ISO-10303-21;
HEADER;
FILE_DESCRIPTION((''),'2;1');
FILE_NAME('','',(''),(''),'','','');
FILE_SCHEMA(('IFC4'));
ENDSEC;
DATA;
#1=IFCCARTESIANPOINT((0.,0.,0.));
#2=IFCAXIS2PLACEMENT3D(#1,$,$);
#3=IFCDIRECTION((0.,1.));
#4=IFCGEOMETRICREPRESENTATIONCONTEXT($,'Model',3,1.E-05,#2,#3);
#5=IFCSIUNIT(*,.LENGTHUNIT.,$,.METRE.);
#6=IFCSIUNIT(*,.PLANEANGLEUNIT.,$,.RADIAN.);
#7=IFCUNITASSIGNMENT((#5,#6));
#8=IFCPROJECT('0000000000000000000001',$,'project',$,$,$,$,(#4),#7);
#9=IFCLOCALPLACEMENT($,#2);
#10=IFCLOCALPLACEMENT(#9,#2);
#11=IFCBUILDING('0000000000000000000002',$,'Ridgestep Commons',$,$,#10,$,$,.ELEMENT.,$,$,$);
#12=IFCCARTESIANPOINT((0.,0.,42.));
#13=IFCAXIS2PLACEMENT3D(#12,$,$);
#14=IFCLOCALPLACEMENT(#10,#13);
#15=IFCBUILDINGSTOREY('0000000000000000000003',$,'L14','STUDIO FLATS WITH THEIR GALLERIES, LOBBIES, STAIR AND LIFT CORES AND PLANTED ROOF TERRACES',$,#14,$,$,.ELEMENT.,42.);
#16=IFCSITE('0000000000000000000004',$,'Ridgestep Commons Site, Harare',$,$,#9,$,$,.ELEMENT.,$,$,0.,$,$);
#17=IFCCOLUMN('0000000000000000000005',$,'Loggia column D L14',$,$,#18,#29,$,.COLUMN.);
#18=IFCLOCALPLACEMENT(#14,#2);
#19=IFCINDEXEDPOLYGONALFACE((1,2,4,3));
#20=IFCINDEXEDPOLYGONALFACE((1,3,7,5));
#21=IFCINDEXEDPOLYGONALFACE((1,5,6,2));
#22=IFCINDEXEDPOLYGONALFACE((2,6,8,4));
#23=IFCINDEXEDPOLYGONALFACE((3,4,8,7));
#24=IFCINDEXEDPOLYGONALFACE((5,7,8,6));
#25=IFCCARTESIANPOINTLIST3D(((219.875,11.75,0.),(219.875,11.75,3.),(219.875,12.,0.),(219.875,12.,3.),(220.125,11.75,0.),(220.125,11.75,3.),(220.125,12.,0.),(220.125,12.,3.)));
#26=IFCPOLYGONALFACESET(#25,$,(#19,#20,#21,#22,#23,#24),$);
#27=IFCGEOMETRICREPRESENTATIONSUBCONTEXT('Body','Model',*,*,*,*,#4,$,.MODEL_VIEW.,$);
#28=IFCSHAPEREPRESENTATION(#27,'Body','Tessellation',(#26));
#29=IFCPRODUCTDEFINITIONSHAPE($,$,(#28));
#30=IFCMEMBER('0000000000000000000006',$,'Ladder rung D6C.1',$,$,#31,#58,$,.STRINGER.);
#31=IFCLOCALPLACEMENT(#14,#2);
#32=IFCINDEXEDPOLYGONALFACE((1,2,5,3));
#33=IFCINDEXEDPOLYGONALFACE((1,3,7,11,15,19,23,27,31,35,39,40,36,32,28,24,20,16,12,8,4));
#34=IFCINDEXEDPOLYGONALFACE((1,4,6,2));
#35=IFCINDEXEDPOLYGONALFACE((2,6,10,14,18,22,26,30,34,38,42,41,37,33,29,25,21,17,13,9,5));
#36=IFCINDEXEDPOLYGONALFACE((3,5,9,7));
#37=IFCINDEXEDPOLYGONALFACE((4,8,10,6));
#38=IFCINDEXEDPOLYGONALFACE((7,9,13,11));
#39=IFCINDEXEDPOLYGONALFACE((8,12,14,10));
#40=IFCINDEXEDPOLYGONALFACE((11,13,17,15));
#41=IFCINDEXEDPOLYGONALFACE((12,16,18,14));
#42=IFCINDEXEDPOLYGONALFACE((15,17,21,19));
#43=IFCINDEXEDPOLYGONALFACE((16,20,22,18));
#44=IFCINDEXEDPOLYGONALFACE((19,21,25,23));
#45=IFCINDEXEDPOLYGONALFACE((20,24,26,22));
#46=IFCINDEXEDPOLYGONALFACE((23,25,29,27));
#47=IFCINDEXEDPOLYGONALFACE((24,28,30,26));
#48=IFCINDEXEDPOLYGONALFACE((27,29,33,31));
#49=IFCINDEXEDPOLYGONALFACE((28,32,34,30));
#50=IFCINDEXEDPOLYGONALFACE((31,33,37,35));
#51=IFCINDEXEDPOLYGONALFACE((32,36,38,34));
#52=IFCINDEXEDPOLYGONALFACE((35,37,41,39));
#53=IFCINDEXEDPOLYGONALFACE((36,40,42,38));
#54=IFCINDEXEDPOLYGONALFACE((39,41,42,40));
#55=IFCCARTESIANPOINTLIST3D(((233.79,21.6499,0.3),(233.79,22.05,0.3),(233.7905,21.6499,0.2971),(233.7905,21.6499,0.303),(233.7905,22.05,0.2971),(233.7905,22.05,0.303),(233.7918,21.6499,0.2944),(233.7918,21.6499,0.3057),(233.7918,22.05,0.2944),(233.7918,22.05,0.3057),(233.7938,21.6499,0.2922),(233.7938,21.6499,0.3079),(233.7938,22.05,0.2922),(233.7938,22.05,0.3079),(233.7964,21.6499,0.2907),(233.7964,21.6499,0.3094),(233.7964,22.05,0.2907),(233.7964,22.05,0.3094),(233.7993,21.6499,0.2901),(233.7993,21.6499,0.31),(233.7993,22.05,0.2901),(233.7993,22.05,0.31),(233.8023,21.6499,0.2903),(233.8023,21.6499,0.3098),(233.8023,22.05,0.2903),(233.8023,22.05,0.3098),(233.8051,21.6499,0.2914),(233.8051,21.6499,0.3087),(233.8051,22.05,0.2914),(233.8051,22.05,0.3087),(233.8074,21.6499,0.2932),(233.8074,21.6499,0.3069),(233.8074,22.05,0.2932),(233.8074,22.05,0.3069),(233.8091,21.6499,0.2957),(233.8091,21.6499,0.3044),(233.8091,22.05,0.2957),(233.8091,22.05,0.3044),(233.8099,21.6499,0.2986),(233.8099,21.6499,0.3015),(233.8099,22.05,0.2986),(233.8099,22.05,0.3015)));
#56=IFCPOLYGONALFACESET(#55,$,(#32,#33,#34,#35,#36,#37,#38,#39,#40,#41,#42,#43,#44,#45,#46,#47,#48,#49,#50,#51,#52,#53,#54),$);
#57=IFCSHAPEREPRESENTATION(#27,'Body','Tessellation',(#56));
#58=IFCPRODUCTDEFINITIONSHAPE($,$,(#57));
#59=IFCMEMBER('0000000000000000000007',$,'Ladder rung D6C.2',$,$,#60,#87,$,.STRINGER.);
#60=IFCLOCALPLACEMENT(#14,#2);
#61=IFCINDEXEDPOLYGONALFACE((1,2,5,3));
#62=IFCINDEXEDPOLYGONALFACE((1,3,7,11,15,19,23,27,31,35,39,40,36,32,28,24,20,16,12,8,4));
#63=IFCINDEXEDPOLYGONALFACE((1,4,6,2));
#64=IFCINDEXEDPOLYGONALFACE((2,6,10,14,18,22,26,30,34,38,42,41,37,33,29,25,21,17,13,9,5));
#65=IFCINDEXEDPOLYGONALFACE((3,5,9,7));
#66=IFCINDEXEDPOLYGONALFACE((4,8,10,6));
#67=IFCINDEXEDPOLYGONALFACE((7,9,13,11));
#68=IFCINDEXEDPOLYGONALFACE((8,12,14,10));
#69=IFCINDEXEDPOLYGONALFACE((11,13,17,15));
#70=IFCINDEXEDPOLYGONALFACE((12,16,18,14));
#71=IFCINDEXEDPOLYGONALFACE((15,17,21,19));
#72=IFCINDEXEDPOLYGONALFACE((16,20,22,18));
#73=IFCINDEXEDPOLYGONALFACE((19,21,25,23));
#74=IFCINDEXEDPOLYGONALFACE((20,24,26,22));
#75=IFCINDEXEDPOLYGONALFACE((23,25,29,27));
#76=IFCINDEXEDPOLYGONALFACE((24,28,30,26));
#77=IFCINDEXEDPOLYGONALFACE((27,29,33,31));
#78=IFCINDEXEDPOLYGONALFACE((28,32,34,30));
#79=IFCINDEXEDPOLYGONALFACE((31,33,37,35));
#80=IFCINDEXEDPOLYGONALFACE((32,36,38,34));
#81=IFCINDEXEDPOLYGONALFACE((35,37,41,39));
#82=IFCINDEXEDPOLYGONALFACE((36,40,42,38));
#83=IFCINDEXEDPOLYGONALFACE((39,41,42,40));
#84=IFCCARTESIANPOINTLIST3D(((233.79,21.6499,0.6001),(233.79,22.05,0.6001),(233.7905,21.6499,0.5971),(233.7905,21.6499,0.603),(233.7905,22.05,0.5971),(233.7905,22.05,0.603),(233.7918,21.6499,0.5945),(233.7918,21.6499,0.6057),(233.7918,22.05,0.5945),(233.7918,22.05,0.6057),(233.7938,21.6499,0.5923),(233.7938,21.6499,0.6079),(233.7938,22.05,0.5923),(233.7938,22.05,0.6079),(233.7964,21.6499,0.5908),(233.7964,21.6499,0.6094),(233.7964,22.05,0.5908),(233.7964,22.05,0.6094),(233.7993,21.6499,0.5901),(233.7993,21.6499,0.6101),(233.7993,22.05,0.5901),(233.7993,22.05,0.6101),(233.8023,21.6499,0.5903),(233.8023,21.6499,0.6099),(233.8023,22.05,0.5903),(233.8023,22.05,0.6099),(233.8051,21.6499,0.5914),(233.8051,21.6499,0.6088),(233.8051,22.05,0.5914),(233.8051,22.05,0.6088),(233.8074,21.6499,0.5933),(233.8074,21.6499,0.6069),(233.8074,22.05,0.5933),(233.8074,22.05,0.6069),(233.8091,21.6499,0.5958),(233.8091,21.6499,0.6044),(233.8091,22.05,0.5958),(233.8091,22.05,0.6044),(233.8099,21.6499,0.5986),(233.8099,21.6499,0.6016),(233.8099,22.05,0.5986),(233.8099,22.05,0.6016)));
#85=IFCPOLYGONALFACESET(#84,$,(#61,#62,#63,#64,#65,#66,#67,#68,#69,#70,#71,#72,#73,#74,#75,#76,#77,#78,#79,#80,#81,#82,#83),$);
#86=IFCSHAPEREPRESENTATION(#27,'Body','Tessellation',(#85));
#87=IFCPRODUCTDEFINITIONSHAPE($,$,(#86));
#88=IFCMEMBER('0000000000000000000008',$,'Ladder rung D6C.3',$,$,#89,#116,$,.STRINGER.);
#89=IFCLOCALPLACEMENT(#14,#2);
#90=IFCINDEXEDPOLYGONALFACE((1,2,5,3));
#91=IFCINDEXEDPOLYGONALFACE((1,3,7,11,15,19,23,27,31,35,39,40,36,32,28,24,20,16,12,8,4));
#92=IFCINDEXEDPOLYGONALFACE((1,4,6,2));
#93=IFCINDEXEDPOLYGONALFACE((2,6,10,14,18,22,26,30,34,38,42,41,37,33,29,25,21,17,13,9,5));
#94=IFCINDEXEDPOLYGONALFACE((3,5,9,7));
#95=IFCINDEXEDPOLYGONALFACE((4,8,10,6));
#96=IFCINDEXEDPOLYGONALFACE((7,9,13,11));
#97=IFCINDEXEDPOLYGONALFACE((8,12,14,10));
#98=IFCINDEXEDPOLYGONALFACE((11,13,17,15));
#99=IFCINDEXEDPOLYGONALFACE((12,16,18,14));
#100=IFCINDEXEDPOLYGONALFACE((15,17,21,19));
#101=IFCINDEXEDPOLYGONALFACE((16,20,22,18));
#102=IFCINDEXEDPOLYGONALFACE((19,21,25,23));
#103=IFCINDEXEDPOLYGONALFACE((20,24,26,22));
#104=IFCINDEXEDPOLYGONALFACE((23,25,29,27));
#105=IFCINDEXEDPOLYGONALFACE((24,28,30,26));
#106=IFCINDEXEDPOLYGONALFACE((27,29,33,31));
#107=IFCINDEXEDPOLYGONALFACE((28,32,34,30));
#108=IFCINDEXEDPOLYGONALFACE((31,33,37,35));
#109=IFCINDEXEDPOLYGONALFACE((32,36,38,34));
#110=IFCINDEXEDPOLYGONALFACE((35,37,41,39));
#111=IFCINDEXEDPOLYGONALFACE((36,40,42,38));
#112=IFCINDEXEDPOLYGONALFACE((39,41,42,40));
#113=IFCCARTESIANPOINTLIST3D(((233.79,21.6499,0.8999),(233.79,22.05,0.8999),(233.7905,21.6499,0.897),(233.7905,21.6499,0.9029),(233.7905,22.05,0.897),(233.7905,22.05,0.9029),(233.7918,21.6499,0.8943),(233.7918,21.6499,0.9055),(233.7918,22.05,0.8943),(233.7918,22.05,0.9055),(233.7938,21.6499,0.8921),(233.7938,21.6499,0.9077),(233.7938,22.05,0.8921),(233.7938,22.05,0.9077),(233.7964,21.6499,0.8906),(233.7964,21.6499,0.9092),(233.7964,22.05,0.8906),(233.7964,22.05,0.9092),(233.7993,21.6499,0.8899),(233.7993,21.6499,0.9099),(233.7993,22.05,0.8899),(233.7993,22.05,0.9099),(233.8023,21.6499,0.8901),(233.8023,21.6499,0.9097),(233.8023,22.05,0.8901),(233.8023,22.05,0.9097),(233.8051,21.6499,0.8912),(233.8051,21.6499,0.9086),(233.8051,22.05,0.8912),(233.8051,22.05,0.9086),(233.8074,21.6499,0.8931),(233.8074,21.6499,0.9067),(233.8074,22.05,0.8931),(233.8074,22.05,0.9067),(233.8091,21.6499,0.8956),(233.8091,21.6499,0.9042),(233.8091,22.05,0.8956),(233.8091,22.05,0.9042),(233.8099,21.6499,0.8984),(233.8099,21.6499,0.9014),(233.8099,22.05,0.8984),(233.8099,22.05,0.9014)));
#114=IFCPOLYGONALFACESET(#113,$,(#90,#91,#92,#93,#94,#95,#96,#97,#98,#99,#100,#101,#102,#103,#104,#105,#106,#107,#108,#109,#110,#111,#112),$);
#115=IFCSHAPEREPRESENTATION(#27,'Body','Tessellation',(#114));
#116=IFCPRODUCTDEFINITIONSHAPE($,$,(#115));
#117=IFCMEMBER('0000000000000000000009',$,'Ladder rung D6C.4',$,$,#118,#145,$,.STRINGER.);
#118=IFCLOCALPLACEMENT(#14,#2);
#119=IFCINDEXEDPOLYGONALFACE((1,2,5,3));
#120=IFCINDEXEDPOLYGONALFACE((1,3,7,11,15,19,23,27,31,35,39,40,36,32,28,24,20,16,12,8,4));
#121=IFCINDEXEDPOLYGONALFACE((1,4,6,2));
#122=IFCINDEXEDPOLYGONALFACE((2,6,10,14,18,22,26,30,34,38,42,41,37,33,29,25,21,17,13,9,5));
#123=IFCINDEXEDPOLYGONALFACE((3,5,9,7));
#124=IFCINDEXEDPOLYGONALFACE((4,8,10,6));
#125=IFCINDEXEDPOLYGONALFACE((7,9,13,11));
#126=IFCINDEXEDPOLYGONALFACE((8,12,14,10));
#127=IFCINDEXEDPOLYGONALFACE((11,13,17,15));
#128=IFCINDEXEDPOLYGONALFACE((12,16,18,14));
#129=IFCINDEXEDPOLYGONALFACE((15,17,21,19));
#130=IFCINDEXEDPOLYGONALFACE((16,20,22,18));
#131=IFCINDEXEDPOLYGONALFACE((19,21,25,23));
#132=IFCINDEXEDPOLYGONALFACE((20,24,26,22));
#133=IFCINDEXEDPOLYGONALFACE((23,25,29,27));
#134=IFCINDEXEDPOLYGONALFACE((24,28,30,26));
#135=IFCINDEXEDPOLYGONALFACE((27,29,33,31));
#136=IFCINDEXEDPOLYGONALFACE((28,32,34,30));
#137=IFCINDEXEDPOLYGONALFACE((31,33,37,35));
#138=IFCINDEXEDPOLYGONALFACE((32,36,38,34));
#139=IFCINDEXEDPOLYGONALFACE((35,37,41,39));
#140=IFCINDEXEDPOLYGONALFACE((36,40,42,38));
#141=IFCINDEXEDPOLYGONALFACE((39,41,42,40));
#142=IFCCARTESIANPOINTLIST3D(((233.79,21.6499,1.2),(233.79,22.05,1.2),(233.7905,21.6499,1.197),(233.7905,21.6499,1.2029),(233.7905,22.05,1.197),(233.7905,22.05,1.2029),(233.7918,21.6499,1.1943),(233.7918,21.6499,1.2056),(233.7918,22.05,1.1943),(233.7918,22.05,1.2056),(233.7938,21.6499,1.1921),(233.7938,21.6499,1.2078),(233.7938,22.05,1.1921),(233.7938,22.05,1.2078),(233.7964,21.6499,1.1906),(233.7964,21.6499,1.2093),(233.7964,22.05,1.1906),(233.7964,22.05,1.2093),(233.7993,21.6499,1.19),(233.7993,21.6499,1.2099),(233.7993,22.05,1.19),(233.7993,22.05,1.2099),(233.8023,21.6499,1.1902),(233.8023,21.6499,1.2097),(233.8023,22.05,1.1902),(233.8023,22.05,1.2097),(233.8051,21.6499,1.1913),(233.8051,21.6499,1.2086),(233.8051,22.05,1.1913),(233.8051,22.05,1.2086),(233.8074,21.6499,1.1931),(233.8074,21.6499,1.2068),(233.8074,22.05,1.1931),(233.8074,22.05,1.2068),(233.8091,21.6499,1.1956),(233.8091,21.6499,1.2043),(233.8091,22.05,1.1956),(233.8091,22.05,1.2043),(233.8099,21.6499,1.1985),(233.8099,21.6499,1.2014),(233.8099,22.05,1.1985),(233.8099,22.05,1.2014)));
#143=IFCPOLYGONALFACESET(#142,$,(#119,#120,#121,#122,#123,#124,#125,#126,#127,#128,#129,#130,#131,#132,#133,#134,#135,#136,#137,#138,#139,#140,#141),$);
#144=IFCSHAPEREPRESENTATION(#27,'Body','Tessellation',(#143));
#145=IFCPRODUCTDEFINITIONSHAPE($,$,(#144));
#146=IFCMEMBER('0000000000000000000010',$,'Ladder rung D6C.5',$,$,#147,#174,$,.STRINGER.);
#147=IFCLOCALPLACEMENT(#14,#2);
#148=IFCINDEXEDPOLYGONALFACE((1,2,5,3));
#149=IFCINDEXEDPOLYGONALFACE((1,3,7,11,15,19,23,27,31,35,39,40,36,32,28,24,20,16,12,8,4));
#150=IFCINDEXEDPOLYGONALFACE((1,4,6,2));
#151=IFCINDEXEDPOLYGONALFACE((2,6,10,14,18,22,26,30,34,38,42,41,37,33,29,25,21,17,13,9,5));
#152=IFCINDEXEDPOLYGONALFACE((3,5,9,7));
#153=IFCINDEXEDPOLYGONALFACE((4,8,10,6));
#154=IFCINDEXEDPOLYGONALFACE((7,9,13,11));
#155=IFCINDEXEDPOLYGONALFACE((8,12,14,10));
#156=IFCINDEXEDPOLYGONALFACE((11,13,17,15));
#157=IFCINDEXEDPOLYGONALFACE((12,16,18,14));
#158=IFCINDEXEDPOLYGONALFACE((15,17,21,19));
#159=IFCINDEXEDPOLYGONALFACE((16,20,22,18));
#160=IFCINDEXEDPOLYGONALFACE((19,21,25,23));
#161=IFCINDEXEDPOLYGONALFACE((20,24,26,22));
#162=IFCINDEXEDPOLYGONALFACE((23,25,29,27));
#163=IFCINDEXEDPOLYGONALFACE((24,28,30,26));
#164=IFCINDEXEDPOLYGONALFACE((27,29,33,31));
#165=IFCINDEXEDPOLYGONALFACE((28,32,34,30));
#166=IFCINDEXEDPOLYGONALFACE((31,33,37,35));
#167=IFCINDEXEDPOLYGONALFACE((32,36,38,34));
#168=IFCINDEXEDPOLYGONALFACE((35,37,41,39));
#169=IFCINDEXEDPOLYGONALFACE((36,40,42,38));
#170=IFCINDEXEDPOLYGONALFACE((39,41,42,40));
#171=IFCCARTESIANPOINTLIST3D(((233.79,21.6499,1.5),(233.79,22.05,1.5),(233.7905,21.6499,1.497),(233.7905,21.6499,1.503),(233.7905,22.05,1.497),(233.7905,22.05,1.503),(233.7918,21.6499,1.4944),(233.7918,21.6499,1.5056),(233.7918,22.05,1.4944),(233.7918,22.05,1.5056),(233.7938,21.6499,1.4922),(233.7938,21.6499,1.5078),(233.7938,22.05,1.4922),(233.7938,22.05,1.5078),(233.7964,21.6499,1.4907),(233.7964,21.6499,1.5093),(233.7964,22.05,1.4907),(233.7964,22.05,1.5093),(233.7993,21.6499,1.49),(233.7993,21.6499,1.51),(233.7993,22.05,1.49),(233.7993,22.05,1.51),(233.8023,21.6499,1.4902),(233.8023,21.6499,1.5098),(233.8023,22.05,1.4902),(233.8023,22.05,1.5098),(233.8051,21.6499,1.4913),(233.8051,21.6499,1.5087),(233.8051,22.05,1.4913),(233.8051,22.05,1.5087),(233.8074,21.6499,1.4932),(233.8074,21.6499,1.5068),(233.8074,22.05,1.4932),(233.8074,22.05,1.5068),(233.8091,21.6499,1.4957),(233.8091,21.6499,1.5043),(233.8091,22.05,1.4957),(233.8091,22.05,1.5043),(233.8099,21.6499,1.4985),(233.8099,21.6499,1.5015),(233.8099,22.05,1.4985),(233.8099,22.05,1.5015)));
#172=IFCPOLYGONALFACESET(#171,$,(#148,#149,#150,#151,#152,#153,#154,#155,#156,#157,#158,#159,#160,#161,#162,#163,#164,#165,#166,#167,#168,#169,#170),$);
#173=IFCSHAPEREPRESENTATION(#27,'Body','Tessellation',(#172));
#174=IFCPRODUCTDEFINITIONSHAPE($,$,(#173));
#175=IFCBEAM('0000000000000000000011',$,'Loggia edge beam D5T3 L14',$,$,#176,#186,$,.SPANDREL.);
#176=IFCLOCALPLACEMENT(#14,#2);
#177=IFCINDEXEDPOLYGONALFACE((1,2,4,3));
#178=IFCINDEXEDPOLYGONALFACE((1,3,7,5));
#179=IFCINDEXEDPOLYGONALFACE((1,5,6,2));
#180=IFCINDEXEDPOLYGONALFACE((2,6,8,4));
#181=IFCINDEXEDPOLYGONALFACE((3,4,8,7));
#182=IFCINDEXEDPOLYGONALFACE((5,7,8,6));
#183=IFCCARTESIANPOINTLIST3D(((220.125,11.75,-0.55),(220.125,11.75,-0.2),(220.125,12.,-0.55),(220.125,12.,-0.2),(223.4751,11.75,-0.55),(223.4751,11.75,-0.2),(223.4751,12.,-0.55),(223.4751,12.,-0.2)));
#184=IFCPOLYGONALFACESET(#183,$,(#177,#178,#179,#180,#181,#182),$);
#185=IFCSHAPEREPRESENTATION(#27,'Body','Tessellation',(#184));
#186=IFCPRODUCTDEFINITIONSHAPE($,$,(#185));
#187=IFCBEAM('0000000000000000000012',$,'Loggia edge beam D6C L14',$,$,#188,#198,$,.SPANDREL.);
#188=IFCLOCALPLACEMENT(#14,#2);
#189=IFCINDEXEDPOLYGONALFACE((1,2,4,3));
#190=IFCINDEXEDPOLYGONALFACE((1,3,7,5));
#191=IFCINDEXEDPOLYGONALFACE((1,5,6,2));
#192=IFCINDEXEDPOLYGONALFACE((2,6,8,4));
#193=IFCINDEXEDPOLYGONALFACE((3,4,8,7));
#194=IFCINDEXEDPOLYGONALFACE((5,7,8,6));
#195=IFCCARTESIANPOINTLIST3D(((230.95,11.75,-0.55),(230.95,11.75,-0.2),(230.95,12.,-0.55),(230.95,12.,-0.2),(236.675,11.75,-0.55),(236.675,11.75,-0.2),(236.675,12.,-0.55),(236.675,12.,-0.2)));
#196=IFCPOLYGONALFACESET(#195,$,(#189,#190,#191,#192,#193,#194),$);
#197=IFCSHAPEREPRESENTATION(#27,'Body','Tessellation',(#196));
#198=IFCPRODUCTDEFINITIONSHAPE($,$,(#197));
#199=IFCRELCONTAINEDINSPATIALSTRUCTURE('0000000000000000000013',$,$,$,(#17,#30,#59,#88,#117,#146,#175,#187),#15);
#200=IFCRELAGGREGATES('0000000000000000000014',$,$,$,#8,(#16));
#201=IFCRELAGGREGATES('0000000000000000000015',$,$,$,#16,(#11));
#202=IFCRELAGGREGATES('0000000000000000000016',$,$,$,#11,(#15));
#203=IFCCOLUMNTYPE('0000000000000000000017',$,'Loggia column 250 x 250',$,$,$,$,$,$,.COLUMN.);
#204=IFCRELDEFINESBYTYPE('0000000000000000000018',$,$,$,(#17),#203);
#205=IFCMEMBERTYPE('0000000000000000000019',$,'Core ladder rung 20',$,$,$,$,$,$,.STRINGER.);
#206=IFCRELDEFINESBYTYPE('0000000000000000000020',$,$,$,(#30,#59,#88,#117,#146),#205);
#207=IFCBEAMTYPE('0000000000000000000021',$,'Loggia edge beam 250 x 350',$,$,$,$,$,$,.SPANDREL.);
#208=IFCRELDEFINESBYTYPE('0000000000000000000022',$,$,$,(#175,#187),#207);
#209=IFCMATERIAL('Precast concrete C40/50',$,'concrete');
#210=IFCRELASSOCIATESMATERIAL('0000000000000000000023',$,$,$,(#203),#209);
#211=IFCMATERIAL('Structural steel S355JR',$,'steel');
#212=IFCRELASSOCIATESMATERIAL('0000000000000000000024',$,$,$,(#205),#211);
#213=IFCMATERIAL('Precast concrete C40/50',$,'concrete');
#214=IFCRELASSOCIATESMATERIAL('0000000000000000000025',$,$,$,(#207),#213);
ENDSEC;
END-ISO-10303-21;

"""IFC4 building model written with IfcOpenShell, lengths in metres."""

from ifc_helpers import new_model, si_unit, direction, frame, origin, origin_2d, place, context, subcontext, project, spatial, rectangle, circle, extrude, material, material_profile, profile_set, type_object, element, save


model = new_model("IFC4")

# Units and contexts
model_context = context("Model", 3, precision=1e-05, world=origin(), true_north=direction((0.0, 1.0)))
body_context = subcontext(model_context, "Body", "Model", "MODEL_VIEW")
ifc_project = project(units=[si_unit("LENGTHUNIT", "METRE"), si_unit("PLANEANGLEUNIT", "RADIAN")], contexts=[model_context])

# Site, building, storey
site_placement = place(None, origin())
site = spatial("IfcSite", under=ifc_project, at=site_placement, Name="Ridgestep Commons Site, Harare", CompositionType="ELEMENT", RefElevation=0.0)
building_placement = place(site_placement, origin())
building = spatial("IfcBuilding", under=site, at=building_placement, Name="Ridgestep Commons", CompositionType="ELEMENT")
storey_placement = place(building_placement, frame((0.0, 0.0, 42.0)))
storey = spatial("IfcBuildingStorey", under=building, at=storey_placement, Name="L14", Description="STUDIO FLATS WITH THEIR GALLERIES, LOBBIES, STAIR AND LIFT CORES AND PLANTED ROOF TERRACES", CompositionType="ELEMENT", Elevation=42.0)

# Column
ifc_material_1 = material(Name="Precast concrete C40/50", Category="concrete")
ifc_material_profile_1 = material_profile(ifc_material_1, rectangle(XDim=0.25, YDim=0.25, at=origin_2d()), Name="PC 250x250")
ifc_profile_set_1 = profile_set([ifc_material_profile_1], Name="Precast concrete C40/50")
column_type = type_object("IfcColumnType", Name="Loggia column 250 x 250", PredefinedType="COLUMN", material=ifc_profile_set_1)
column_placement = place(storey_placement, frame((220.0, 11.875, 0.0), z_axis=(0.0, 0.0, 1.0), x_axis=(1.0, 0.0, 0.0)))
element("IfcColumn", 1, at=column_placement, inside=storey, type_object=column_type, Name="Loggia column D L14", PredefinedType="COLUMN", context=body_context, shape_type="SweptSolid", body=[
    extrude(rectangle(XDim=0.25, YDim=0.25, at=origin_2d()), origin(), (0.0, 0.0, 1.0), 3.0),
])

# Members
ifc_material_2 = material(Name="Structural steel S355JR", Category="steel")
ifc_material_profile_2 = material_profile(ifc_material_2, circle(Radius=0.01, at=origin_2d()), Name="Round bar 20")
ifc_profile_set_2 = profile_set([ifc_material_profile_2], Name="Structural steel S355JR")
member_type_1 = type_object("IfcMemberType", Name="Core ladder rung 20", PredefinedType="STRINGER", material=ifc_profile_set_2)
for number, where, z_axis, x_axis, name in (
    (2, (233.8, 21.6499, 0.3), (0.0, 1.0, 0.0), (-1.0, 0.0, 0.0), "Ladder rung D6C.1"),
    (3, (233.8, 21.6499, 0.6001), (0.0, 1.0, 0.0), (-1.0, 0.0, 0.0), "Ladder rung D6C.2"),
    (4, (233.8, 21.6499, 0.8999), (0.0, 1.0, 0.0), (-1.0, 0.0, 0.0), "Ladder rung D6C.3"),
    (5, (233.8, 21.6499, 1.2), (0.0, 1.0, 0.0), (-1.0, 0.0, 0.0), "Ladder rung D6C.4"),
    (6, (233.8, 21.6499, 1.5), (0.0, 1.0, 0.0), (-1.0, 0.0, 0.0), "Ladder rung D6C.5"),
):
    element("IfcMember", number, at=place(storey_placement, frame(where, z_axis=z_axis, x_axis=x_axis)), inside=storey, type_object=member_type_1, Name=name, PredefinedType="STRINGER", context=body_context, shape_type="SweptSolid", body=[
        extrude(circle(Radius=0.01, at=origin_2d()), origin(), (0.0, 0.0, 1.0), 0.4001),
    ])

# Beams
ifc_material_3 = material(Name="Precast concrete C40/50", Category="concrete")
ifc_material_profile_3 = material_profile(ifc_material_3, rectangle(XDim=0.25, YDim=0.3501, at=origin_2d()), Name="PC 250x350")
ifc_profile_set_3 = profile_set([ifc_material_profile_3], Name="Precast concrete C40/50")
beam_type = type_object("IfcBeamType", Name="Loggia edge beam 250 x 350", PredefinedType="SPANDREL", material=ifc_profile_set_3)
beam_1_placement = place(storey_placement, frame((220.125, 11.875, -0.375), z_axis=(1.0, 0.0, 0.0), x_axis=(0.0, 1.0, 0.0)))
element("IfcBeam", 7, at=beam_1_placement, inside=storey, type_object=beam_type, Name="Loggia edge beam D5T3 L14", PredefinedType="SPANDREL", context=body_context, shape_type="SweptSolid", body=[
    extrude(rectangle(XDim=0.25, YDim=0.3501, at=origin_2d()), origin(), (0.0, 0.0, 1.0), 3.3501),
])
beam_2_placement = place(storey_placement, frame((230.95, 11.875, -0.375), z_axis=(1.0, 0.0, 0.0), x_axis=(0.0, 1.0, 0.0)))
element("IfcBeam", 8, at=beam_2_placement, inside=storey, type_object=beam_type, Name="Loggia edge beam D6C L14", PredefinedType="SPANDREL", context=body_context, shape_type="SweptSolid", body=[
    extrude(rectangle(XDim=0.25, YDim=0.3501, at=origin_2d()), origin(), (0.0, 0.0, 1.0), 5.7251),
])

save(model, "model.ifc")
